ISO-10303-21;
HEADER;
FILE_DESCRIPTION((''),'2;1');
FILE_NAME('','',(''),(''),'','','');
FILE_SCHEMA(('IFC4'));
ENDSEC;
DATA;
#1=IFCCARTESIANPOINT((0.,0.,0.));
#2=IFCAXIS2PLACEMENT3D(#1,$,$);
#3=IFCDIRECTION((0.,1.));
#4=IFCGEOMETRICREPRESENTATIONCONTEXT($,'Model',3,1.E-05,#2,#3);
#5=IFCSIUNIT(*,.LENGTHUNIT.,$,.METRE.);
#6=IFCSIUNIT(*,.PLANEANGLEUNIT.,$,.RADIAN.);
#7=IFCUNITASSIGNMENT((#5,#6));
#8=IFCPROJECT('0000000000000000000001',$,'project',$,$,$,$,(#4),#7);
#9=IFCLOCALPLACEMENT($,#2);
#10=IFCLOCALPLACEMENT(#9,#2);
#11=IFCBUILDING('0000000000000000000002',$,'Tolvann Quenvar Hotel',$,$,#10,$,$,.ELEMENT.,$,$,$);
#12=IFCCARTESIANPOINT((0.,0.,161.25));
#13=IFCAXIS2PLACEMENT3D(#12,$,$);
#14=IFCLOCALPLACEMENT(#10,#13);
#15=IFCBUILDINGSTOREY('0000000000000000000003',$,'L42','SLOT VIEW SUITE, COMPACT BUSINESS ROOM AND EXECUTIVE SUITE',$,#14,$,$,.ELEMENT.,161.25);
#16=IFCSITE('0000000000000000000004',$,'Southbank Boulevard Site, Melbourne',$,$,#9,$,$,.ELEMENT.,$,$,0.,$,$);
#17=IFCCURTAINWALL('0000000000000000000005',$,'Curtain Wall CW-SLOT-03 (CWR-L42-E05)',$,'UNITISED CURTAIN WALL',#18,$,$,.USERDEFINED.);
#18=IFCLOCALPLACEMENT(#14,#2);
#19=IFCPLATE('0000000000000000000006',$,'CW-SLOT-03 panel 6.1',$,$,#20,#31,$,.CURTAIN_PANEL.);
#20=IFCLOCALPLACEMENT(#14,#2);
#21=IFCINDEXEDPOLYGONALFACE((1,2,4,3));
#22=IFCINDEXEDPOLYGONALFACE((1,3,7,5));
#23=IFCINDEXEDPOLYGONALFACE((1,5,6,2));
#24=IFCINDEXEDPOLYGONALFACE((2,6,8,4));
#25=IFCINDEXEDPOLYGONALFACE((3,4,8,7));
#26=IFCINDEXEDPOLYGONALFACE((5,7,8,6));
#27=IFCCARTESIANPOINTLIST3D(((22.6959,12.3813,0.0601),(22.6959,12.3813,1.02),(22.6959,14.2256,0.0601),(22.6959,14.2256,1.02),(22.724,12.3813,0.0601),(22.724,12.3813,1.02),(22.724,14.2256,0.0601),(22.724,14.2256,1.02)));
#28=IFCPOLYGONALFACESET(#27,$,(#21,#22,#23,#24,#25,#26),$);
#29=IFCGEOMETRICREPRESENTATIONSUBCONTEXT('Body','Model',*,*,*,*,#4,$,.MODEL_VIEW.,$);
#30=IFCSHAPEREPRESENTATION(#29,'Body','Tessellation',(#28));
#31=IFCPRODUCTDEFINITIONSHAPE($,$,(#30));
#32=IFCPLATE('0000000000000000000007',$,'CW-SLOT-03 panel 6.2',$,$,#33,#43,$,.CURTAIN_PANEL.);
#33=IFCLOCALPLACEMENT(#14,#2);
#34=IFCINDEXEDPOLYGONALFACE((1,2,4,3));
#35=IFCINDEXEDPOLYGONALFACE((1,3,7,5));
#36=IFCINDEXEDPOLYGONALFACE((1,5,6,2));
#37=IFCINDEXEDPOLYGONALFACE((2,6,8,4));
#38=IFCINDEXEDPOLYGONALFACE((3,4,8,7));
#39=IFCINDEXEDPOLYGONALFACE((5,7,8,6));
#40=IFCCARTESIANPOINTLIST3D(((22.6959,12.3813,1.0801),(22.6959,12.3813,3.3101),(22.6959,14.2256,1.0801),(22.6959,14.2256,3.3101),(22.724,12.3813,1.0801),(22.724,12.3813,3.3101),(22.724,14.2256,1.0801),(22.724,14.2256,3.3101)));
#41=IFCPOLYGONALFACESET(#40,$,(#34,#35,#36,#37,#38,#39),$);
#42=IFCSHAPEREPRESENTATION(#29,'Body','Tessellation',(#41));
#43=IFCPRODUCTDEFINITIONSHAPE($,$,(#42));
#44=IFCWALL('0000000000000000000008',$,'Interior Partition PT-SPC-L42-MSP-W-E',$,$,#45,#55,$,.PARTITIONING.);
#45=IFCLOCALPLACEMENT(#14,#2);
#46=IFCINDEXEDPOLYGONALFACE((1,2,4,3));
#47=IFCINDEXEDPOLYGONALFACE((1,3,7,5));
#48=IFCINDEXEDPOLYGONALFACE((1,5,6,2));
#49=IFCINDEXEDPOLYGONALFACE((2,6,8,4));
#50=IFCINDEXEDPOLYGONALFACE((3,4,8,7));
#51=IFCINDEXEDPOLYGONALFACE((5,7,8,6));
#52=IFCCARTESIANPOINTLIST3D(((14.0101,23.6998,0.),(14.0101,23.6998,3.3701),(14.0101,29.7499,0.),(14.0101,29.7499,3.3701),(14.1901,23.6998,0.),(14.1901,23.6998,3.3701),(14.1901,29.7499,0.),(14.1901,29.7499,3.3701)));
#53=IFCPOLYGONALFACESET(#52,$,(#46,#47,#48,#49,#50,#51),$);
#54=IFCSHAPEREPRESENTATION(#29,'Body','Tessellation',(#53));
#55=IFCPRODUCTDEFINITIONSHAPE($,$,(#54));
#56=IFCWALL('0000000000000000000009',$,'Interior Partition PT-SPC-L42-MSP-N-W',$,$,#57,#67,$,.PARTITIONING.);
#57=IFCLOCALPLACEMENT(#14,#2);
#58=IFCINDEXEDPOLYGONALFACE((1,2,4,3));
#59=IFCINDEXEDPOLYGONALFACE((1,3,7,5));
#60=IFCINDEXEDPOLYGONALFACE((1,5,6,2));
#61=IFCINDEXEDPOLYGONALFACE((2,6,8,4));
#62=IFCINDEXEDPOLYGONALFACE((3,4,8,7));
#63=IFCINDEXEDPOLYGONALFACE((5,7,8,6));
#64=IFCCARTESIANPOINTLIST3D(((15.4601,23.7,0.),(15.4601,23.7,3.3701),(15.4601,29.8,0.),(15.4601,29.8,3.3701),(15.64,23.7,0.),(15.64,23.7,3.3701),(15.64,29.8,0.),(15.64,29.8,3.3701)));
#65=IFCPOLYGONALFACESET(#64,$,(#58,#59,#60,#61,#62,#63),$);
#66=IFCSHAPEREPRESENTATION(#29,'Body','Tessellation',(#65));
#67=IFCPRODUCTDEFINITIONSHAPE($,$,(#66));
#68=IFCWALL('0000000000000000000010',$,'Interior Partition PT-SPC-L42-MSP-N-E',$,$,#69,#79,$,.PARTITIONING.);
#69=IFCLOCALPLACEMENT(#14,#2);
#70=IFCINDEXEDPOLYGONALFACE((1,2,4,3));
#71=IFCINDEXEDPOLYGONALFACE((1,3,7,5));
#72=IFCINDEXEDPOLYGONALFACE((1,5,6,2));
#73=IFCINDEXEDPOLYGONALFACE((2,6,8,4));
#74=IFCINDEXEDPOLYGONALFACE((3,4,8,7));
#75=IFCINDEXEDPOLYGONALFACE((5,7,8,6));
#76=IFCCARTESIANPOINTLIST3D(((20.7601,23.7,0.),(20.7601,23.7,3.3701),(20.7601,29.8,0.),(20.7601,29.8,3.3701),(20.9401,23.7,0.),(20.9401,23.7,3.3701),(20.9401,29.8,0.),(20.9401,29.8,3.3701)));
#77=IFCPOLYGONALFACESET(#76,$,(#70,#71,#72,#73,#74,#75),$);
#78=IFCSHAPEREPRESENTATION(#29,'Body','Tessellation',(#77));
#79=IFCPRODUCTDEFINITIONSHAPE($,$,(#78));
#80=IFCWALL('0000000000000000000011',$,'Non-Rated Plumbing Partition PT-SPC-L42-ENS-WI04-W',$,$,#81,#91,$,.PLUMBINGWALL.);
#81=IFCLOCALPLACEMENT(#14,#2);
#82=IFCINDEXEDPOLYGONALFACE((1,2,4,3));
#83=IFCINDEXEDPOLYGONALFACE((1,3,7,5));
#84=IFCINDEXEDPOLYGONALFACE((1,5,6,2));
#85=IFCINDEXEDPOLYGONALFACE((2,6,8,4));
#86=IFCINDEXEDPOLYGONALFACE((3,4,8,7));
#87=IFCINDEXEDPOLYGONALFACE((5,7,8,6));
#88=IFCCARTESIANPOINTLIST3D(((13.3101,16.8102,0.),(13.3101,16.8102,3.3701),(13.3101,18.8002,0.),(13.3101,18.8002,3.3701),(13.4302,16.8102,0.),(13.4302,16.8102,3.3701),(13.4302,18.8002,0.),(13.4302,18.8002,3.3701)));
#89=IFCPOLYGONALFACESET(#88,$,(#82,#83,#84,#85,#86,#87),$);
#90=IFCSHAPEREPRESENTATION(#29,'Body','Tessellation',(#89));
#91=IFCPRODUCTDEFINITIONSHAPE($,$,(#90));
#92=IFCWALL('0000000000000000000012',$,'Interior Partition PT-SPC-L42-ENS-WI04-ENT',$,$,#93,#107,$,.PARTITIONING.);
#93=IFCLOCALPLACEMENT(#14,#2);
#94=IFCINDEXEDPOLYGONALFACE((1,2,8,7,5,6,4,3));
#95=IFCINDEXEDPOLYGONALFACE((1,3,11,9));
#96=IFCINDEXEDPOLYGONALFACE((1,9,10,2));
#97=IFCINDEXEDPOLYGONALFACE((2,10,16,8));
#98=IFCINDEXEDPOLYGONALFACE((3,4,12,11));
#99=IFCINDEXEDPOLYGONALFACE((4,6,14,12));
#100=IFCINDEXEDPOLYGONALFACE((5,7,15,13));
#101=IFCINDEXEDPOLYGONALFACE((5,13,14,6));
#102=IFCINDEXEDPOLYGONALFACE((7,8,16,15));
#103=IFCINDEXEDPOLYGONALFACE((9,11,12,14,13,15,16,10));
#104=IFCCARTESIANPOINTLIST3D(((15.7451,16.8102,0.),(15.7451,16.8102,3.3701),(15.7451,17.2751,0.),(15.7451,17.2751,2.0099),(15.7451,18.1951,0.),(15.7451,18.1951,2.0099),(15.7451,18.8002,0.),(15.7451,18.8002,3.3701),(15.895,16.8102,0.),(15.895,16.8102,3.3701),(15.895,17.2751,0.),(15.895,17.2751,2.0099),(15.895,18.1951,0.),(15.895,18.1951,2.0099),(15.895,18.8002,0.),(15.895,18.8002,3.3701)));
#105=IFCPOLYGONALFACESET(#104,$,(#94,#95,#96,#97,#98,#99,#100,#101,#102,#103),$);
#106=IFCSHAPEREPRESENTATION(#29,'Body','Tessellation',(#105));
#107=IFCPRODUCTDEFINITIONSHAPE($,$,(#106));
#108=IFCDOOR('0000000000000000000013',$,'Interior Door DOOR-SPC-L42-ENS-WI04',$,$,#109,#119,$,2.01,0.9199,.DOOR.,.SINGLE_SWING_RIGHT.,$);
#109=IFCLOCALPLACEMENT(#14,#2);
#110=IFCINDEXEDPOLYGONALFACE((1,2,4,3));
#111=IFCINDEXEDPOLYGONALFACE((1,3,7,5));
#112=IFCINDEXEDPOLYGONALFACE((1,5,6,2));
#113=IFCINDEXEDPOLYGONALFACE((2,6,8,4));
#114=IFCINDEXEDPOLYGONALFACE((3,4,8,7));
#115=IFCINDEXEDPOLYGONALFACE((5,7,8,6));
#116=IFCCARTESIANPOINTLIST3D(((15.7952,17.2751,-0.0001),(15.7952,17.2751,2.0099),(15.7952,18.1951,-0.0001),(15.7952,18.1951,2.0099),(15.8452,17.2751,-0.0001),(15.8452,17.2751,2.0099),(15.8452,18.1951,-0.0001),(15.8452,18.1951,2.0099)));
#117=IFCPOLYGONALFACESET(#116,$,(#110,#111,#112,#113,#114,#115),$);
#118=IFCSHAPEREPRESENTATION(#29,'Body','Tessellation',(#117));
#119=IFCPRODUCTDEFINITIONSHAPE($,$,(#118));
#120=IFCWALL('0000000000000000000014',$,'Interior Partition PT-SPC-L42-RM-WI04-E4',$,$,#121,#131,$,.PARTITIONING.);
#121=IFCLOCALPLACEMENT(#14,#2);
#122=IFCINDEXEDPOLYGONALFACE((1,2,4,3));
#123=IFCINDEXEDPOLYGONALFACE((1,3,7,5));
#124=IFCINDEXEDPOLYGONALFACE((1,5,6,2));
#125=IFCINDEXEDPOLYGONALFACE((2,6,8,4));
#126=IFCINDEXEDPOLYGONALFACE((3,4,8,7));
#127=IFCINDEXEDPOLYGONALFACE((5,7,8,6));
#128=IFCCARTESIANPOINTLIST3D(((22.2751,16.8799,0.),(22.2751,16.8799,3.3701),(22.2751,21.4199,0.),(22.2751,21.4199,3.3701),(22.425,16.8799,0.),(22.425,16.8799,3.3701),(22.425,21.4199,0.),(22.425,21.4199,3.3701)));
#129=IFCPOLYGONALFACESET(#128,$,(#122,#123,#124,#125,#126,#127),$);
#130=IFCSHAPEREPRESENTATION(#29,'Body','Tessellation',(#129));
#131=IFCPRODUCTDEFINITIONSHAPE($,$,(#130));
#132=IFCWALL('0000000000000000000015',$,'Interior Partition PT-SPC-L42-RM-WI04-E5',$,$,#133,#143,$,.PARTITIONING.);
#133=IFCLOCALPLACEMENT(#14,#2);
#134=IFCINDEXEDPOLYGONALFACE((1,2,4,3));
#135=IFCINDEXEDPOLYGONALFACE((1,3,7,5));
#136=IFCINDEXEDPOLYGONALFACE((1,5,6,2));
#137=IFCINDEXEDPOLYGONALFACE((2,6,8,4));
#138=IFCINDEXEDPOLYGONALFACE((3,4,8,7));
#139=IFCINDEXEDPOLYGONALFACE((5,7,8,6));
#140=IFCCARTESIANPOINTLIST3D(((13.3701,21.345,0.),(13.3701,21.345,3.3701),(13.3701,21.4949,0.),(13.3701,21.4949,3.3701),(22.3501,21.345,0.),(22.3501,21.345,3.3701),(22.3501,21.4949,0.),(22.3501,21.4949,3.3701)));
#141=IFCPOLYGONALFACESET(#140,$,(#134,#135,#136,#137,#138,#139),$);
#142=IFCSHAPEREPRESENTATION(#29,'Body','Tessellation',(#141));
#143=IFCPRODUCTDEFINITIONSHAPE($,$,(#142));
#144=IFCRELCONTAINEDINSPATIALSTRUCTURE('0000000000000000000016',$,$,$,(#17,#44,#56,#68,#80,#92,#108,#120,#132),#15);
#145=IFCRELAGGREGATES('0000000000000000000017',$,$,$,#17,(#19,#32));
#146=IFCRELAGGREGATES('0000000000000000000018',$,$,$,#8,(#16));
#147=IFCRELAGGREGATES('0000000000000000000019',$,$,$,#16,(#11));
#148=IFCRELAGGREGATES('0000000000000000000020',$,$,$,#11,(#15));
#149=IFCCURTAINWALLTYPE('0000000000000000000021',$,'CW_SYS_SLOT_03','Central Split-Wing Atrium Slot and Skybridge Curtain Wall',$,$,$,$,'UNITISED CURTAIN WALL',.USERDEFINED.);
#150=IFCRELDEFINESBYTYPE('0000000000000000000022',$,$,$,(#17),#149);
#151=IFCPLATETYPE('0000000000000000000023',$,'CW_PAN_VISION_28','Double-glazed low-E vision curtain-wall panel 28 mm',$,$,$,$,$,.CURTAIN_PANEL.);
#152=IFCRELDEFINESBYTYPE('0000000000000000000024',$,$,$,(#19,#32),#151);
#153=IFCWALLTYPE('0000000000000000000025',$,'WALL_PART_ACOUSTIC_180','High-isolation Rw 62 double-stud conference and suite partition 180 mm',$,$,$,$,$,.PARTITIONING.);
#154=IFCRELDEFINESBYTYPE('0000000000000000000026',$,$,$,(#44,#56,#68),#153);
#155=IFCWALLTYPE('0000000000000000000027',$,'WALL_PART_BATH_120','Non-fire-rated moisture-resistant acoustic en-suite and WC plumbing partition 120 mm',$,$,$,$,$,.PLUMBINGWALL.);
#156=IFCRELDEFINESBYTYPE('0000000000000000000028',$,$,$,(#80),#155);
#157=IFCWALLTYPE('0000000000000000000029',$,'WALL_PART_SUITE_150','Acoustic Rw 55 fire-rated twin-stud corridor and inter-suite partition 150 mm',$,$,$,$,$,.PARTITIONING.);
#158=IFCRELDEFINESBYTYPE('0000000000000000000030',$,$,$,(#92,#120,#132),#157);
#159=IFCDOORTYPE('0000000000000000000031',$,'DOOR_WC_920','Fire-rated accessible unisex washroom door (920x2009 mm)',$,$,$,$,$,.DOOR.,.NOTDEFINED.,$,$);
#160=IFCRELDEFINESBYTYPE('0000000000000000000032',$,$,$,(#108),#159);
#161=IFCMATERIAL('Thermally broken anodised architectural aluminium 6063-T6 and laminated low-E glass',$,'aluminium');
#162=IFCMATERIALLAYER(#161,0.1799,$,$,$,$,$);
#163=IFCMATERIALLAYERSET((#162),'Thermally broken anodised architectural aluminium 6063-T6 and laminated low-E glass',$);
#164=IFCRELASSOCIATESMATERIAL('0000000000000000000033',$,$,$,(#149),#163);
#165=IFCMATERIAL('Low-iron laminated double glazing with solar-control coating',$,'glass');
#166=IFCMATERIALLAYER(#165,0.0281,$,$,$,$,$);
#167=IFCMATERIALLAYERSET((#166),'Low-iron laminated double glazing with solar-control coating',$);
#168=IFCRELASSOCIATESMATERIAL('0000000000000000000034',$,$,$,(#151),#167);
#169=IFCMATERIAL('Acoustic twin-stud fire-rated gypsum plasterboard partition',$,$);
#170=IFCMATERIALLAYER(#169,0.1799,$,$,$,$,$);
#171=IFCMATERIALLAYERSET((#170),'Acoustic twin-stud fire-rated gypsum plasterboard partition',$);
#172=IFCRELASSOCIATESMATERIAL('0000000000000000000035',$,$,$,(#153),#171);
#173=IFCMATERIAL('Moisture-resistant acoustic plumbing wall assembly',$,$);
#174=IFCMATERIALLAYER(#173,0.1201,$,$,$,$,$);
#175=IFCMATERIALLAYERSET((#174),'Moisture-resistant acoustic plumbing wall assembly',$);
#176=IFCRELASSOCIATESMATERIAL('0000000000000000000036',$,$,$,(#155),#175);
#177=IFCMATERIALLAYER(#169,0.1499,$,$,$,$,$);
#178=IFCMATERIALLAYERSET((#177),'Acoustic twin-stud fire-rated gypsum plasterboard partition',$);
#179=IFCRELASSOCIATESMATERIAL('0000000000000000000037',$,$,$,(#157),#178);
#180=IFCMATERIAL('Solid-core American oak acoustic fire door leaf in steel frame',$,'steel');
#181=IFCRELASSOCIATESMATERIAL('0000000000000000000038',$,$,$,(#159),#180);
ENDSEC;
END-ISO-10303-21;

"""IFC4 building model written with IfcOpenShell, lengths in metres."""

from ifc_helpers import new_model, si_unit, direction, frame, frame_2d, origin, origin_2d, place, context, subcontext, project, spatial, rectangle, extrude, source, transform, mapped, material, layer, layer_set, type_object, type_shapes, element, fill, aggregate, save


model = new_model("IFC4")

# Units and contexts
model_context = context("Model", 3, precision=1e-05, world=origin(), true_north=direction((0.0, 1.0)))
body_context = subcontext(model_context, "Body", "Model", "MODEL_VIEW")
ifc_project = project(units=[si_unit("LENGTHUNIT", "METRE"), si_unit("PLANEANGLEUNIT", "RADIAN")], contexts=[model_context])

# Site, building, storey
site_placement = place(None, origin())
site = spatial("IfcSite", under=ifc_project, at=site_placement, Name="Southbank Boulevard Site, Melbourne", CompositionType="ELEMENT", RefElevation=0.0)
building_placement = place(site_placement, origin())
building = spatial("IfcBuilding", under=site, at=building_placement, Name="Tolvann Quenvar Hotel", CompositionType="ELEMENT")
storey_placement = place(building_placement, frame((0.0, 0.0, 161.25)))
storey = spatial("IfcBuildingStorey", under=building, at=storey_placement, Name="L42", Description="SLOT VIEW SUITE, COMPACT BUSINESS ROOM AND EXECUTIVE SUITE", CompositionType="ELEMENT", Elevation=161.25)

# Curtain wall, plates
ifc_material_1 = material(Name="Thermally broken anodised architectural aluminium 6063-T6 and laminated low-E glass", Category="aluminium")
ifc_layer_1 = layer(ifc_material_1, 0.1799)
ifc_layer_set_1 = layer_set([ifc_layer_1], Name="Thermally broken anodised architectural aluminium 6063-T6 and laminated low-E glass")
curtain_wall_type = type_object("IfcCurtainWallType", Name="CW_SYS_SLOT_03", Description="Central Split-Wing Atrium Slot and Skybridge Curtain Wall", ElementType="UNITISED CURTAIN WALL", PredefinedType="USERDEFINED", material=ifc_layer_set_1)
curtain_wall_placement = place(storey_placement, origin())
curtain_wall = element("IfcCurtainWall", 1, at=curtain_wall_placement, inside=storey, type_object=curtain_wall_type, Name="Curtain Wall CW-SLOT-03 (CWR-L42-E05)", ObjectType="UNITISED CURTAIN WALL", PredefinedType="USERDEFINED")
ifc_material_2 = material(Name="Low-iron laminated double glazing with solar-control coating", Category="glass")
ifc_layer_2 = layer(ifc_material_2, 0.0281)
ifc_layer_set_2 = layer_set([ifc_layer_2], Name="Low-iron laminated double glazing with solar-control coating")
plate_type = type_object("IfcPlateType", Name="CW_PAN_VISION_28", Description="Double-glazed low-E vision curtain-wall panel 28 mm", PredefinedType="CURTAIN_PANEL", material=ifc_layer_set_2)
shared_shape_1 = source(origin(), body_context, "Body", "SweptSolid", [
    extrude(rectangle(XDim=1.8442, YDim=0.0281, at=origin_2d()), origin(), (0.0, 0.0, 1.0), 0.96),
])
plate_1_placement = place(storey_placement, frame((22.71, 13.3035, 0.0601), z_axis=(0.0, 0.0, 1.0), x_axis=(0.0, 1.0, 0.0)))
plate_1 = element("IfcPlate", 2, at=plate_1_placement, type_object=plate_type, Name="CW-SLOT-03 panel 6.1", PredefinedType="CURTAIN_PANEL", context=body_context, shape_type="MappedRepresentation", body=[
    mapped(shared_shape_1, transform((0.0, 0.0, 0.0), x_axis=(1.0, 0.0, 0.0), y_axis=(0.0, 1.0, 0.0), z_axis=(0.0, 0.0, 1.0), scale=1.0)),
])
shared_shape_2 = source(origin(), body_context, "Body", "SweptSolid", [
    extrude(rectangle(XDim=1.8442, YDim=0.0281, at=origin_2d()), origin(), (0.0, 0.0, 1.0), 2.23),
])
type_shapes(plate_type, [shared_shape_1, shared_shape_2])
plate_2_placement = place(storey_placement, frame((22.71, 13.3035, 1.0801), z_axis=(0.0, 0.0, 1.0), x_axis=(0.0, 1.0, 0.0)))
plate_2 = element("IfcPlate", 3, at=plate_2_placement, type_object=plate_type, Name="CW-SLOT-03 panel 6.2", PredefinedType="CURTAIN_PANEL", context=body_context, shape_type="MappedRepresentation", body=[
    mapped(shared_shape_2, transform((0.0, 0.0, 0.0), x_axis=(1.0, 0.0, 0.0), y_axis=(0.0, 1.0, 0.0), z_axis=(0.0, 0.0, 1.0), scale=1.0)),
])
aggregate(curtain_wall, [plate_1, plate_2])

# Wall
ifc_material_3 = material(Name="Acoustic twin-stud fire-rated gypsum plasterboard partition")
ifc_layer_3 = layer(ifc_material_3, 0.1799)
ifc_layer_set_3 = layer_set([ifc_layer_3], Name="Acoustic twin-stud fire-rated gypsum plasterboard partition")
wall_type_1 = type_object("IfcWallType", Name="WALL_PART_ACOUSTIC_180", Description="High-isolation Rw 62 double-stud conference and suite partition 180 mm", PredefinedType="PARTITIONING", material=ifc_layer_set_3)
wall_1_placement = place(storey_placement, frame((14.1001, 23.7, 0.0), z_axis=(0.0, 0.0, 1.0), x_axis=(0.0, 1.0, 0.0)))
element("IfcWall", 4, at=wall_1_placement, inside=storey, type_object=wall_type_1, Name="Interior Partition PT-SPC-L42-MSP-W-E", PredefinedType="PARTITIONING", context=body_context, shape_type="SweptSolid", body=[
    extrude(rectangle(XDim=6.05, YDim=0.1799, at=frame_2d((3.0249, 0.0))), origin(), (0.0, 0.0, 1.0), 3.3701),
])

# Shared definitions
ifc_material_4 = material(Name="Solid-core American oak acoustic fire door leaf in steel frame", Category="steel")

# Walls
for number, where, z_axis, x_axis, name in (
    (5, (15.55, 23.7, 0.0), (0.0, 0.0, 1.0), (0.0, 1.0, 0.0), "Interior Partition PT-SPC-L42-MSP-N-W"),
    (6, (20.8501, 23.7, 0.0), (0.0, 0.0, 1.0), (0.0, 1.0, 0.0), "Interior Partition PT-SPC-L42-MSP-N-E"),
):
    element("IfcWall", number, at=place(storey_placement, frame(where, z_axis=z_axis, x_axis=x_axis)), inside=storey, type_object=wall_type_1, Name=name, PredefinedType="PARTITIONING", context=body_context, shape_type="SweptSolid", body=[
        extrude(rectangle(XDim=6.1001, YDim=0.1799, at=frame_2d((3.05, 0.0))), origin(), (0.0, 0.0, 1.0), 3.3701),
    ])
ifc_material_5 = material(Name="Moisture-resistant acoustic plumbing wall assembly")
ifc_layer_4 = layer(ifc_material_5, 0.1201)
ifc_layer_set_4 = layer_set([ifc_layer_4], Name="Moisture-resistant acoustic plumbing wall assembly")
wall_type_2 = type_object("IfcWallType", Name="WALL_PART_BATH_120", Description="Non-fire-rated moisture-resistant acoustic en-suite and WC plumbing partition 120 mm", PredefinedType="PLUMBINGWALL", material=ifc_layer_set_4)
wall_2_placement = place(storey_placement, frame((13.3701, 16.8101, 0.0), z_axis=(0.0, 0.0, 1.0), x_axis=(0.0, 1.0, 0.0)))
element("IfcWall", 7, at=wall_2_placement, inside=storey, type_object=wall_type_2, Name="Non-Rated Plumbing Partition PT-SPC-L42-ENS-WI04-W", PredefinedType="PLUMBINGWALL", context=body_context, shape_type="SweptSolid", body=[
    extrude(rectangle(XDim=1.99, YDim=0.1201, at=frame_2d((0.9951, 0.0))), origin(), (0.0, 0.0, 1.0), 3.3701),
])

# Wall, opening, door
ifc_layer_5 = layer(ifc_material_3, 0.1499)
ifc_layer_set_5 = layer_set([ifc_layer_5], Name="Acoustic twin-stud fire-rated gypsum plasterboard partition")
wall_type_3 = type_object("IfcWallType", Name="WALL_PART_SUITE_150", Description="Acoustic Rw 55 fire-rated twin-stud corridor and inter-suite partition 150 mm", PredefinedType="PARTITIONING", material=ifc_layer_set_5)
wall_3_placement = place(storey_placement, frame((15.8201, 16.8101, 0.0), z_axis=(0.0, 0.0, 1.0), x_axis=(0.0, 1.0, 0.0)))
wall_3 = element("IfcWall", 8, at=wall_3_placement, inside=storey, type_object=wall_type_3, Name="Interior Partition PT-SPC-L42-ENS-WI04-ENT", PredefinedType="PARTITIONING", context=body_context, shape_type="SweptSolid", body=[
    extrude(rectangle(XDim=1.99, YDim=0.1499, at=frame_2d((0.9951, 0.0))), origin(), (0.0, 0.0, 1.0), 3.3701),
])
opening_1_placement = place(wall_3_placement, frame((0.4651, 0.0, 0.0)))
opening_1 = element("IfcOpeningElement", 9, at=opening_1_placement, cuts=wall_3, PredefinedType="OPENING", context=body_context, shape_type="SweptSolid", body=[
    extrude(rectangle(XDim=0.9199, YDim=2.01, at=frame_2d((0.46, 1.0049))), frame((0.0, 0.085, 0.0), z_axis=(0.0, -1.0, 0.0), x_axis=(1.0, 0.0, 0.0)), (0.0, 0.0, 1.0), 0.1699),
])
door_type_1 = type_object("IfcDoorType", Name="DOOR_WC_920", Description="Fire-rated accessible unisex washroom door (920x2009 mm)", OperationType="NOTDEFINED", PredefinedType="DOOR", material=ifc_material_4)
shared_shape_3 = source(origin(), body_context, "Body", "SweptSolid", [
    extrude(rectangle(XDim=0.9199, YDim=2.01, at=frame_2d((0.46, 1.0049))), frame((0.0, 0.0249, 0.0), z_axis=(0.0, -1.0, 0.0), x_axis=(1.0, 0.0, 0.0)), (0.0, 0.0, 1.0), 0.05),
])
type_shapes(door_type_1, [shared_shape_3])
door_1_placement = place(opening_1_placement, origin())
door_1 = element("IfcDoor", 10, at=door_1_placement, inside=storey, type_object=door_type_1, Name="Interior Door DOOR-SPC-L42-ENS-WI04", OperationType="SINGLE_SWING_RIGHT", OverallHeight=2.01, OverallWidth=0.9199, PredefinedType="DOOR", context=body_context, shape_type="MappedRepresentation", body=[
    mapped(shared_shape_3, transform((0.0, 0.0, 0.0), x_axis=(1.0, 0.0, 0.0), y_axis=(0.0, 1.0, 0.0), z_axis=(0.0, 0.0, 1.0), scale=1.0)),
])
fill(opening_1, door_1)

# Walls
wall_4_placement = place(storey_placement, frame((22.3501, 16.8799, 0.0), z_axis=(0.0, 0.0, 1.0), x_axis=(0.0, 1.0, 0.0)))
element("IfcWall", 11, at=wall_4_placement, inside=storey, type_object=wall_type_3, Name="Interior Partition PT-SPC-L42-RM-WI04-E4", PredefinedType="PARTITIONING", context=body_context, shape_type="SweptSolid", body=[
    extrude(rectangle(XDim=4.54, YDim=0.1499, at=frame_2d((2.27, 0.0))), origin(), (0.0, 0.0, 1.0), 3.3701),
])
wall_5_placement = place(storey_placement, frame((13.3701, 21.4199, 0.0), z_axis=(0.0, 0.0, 1.0), x_axis=(1.0, 0.0, 0.0)))
element("IfcWall", 12, at=wall_5_placement, inside=storey, type_object=wall_type_3, Name="Interior Partition PT-SPC-L42-RM-WI04-E5", PredefinedType="PARTITIONING", context=body_context, shape_type="SweptSolid", body=[
    extrude(rectangle(XDim=8.98, YDim=0.1499, at=frame_2d((4.49, 0.0))), origin(), (0.0, 0.0, 1.0), 3.3701),
])

save(model, "model.ifc")
